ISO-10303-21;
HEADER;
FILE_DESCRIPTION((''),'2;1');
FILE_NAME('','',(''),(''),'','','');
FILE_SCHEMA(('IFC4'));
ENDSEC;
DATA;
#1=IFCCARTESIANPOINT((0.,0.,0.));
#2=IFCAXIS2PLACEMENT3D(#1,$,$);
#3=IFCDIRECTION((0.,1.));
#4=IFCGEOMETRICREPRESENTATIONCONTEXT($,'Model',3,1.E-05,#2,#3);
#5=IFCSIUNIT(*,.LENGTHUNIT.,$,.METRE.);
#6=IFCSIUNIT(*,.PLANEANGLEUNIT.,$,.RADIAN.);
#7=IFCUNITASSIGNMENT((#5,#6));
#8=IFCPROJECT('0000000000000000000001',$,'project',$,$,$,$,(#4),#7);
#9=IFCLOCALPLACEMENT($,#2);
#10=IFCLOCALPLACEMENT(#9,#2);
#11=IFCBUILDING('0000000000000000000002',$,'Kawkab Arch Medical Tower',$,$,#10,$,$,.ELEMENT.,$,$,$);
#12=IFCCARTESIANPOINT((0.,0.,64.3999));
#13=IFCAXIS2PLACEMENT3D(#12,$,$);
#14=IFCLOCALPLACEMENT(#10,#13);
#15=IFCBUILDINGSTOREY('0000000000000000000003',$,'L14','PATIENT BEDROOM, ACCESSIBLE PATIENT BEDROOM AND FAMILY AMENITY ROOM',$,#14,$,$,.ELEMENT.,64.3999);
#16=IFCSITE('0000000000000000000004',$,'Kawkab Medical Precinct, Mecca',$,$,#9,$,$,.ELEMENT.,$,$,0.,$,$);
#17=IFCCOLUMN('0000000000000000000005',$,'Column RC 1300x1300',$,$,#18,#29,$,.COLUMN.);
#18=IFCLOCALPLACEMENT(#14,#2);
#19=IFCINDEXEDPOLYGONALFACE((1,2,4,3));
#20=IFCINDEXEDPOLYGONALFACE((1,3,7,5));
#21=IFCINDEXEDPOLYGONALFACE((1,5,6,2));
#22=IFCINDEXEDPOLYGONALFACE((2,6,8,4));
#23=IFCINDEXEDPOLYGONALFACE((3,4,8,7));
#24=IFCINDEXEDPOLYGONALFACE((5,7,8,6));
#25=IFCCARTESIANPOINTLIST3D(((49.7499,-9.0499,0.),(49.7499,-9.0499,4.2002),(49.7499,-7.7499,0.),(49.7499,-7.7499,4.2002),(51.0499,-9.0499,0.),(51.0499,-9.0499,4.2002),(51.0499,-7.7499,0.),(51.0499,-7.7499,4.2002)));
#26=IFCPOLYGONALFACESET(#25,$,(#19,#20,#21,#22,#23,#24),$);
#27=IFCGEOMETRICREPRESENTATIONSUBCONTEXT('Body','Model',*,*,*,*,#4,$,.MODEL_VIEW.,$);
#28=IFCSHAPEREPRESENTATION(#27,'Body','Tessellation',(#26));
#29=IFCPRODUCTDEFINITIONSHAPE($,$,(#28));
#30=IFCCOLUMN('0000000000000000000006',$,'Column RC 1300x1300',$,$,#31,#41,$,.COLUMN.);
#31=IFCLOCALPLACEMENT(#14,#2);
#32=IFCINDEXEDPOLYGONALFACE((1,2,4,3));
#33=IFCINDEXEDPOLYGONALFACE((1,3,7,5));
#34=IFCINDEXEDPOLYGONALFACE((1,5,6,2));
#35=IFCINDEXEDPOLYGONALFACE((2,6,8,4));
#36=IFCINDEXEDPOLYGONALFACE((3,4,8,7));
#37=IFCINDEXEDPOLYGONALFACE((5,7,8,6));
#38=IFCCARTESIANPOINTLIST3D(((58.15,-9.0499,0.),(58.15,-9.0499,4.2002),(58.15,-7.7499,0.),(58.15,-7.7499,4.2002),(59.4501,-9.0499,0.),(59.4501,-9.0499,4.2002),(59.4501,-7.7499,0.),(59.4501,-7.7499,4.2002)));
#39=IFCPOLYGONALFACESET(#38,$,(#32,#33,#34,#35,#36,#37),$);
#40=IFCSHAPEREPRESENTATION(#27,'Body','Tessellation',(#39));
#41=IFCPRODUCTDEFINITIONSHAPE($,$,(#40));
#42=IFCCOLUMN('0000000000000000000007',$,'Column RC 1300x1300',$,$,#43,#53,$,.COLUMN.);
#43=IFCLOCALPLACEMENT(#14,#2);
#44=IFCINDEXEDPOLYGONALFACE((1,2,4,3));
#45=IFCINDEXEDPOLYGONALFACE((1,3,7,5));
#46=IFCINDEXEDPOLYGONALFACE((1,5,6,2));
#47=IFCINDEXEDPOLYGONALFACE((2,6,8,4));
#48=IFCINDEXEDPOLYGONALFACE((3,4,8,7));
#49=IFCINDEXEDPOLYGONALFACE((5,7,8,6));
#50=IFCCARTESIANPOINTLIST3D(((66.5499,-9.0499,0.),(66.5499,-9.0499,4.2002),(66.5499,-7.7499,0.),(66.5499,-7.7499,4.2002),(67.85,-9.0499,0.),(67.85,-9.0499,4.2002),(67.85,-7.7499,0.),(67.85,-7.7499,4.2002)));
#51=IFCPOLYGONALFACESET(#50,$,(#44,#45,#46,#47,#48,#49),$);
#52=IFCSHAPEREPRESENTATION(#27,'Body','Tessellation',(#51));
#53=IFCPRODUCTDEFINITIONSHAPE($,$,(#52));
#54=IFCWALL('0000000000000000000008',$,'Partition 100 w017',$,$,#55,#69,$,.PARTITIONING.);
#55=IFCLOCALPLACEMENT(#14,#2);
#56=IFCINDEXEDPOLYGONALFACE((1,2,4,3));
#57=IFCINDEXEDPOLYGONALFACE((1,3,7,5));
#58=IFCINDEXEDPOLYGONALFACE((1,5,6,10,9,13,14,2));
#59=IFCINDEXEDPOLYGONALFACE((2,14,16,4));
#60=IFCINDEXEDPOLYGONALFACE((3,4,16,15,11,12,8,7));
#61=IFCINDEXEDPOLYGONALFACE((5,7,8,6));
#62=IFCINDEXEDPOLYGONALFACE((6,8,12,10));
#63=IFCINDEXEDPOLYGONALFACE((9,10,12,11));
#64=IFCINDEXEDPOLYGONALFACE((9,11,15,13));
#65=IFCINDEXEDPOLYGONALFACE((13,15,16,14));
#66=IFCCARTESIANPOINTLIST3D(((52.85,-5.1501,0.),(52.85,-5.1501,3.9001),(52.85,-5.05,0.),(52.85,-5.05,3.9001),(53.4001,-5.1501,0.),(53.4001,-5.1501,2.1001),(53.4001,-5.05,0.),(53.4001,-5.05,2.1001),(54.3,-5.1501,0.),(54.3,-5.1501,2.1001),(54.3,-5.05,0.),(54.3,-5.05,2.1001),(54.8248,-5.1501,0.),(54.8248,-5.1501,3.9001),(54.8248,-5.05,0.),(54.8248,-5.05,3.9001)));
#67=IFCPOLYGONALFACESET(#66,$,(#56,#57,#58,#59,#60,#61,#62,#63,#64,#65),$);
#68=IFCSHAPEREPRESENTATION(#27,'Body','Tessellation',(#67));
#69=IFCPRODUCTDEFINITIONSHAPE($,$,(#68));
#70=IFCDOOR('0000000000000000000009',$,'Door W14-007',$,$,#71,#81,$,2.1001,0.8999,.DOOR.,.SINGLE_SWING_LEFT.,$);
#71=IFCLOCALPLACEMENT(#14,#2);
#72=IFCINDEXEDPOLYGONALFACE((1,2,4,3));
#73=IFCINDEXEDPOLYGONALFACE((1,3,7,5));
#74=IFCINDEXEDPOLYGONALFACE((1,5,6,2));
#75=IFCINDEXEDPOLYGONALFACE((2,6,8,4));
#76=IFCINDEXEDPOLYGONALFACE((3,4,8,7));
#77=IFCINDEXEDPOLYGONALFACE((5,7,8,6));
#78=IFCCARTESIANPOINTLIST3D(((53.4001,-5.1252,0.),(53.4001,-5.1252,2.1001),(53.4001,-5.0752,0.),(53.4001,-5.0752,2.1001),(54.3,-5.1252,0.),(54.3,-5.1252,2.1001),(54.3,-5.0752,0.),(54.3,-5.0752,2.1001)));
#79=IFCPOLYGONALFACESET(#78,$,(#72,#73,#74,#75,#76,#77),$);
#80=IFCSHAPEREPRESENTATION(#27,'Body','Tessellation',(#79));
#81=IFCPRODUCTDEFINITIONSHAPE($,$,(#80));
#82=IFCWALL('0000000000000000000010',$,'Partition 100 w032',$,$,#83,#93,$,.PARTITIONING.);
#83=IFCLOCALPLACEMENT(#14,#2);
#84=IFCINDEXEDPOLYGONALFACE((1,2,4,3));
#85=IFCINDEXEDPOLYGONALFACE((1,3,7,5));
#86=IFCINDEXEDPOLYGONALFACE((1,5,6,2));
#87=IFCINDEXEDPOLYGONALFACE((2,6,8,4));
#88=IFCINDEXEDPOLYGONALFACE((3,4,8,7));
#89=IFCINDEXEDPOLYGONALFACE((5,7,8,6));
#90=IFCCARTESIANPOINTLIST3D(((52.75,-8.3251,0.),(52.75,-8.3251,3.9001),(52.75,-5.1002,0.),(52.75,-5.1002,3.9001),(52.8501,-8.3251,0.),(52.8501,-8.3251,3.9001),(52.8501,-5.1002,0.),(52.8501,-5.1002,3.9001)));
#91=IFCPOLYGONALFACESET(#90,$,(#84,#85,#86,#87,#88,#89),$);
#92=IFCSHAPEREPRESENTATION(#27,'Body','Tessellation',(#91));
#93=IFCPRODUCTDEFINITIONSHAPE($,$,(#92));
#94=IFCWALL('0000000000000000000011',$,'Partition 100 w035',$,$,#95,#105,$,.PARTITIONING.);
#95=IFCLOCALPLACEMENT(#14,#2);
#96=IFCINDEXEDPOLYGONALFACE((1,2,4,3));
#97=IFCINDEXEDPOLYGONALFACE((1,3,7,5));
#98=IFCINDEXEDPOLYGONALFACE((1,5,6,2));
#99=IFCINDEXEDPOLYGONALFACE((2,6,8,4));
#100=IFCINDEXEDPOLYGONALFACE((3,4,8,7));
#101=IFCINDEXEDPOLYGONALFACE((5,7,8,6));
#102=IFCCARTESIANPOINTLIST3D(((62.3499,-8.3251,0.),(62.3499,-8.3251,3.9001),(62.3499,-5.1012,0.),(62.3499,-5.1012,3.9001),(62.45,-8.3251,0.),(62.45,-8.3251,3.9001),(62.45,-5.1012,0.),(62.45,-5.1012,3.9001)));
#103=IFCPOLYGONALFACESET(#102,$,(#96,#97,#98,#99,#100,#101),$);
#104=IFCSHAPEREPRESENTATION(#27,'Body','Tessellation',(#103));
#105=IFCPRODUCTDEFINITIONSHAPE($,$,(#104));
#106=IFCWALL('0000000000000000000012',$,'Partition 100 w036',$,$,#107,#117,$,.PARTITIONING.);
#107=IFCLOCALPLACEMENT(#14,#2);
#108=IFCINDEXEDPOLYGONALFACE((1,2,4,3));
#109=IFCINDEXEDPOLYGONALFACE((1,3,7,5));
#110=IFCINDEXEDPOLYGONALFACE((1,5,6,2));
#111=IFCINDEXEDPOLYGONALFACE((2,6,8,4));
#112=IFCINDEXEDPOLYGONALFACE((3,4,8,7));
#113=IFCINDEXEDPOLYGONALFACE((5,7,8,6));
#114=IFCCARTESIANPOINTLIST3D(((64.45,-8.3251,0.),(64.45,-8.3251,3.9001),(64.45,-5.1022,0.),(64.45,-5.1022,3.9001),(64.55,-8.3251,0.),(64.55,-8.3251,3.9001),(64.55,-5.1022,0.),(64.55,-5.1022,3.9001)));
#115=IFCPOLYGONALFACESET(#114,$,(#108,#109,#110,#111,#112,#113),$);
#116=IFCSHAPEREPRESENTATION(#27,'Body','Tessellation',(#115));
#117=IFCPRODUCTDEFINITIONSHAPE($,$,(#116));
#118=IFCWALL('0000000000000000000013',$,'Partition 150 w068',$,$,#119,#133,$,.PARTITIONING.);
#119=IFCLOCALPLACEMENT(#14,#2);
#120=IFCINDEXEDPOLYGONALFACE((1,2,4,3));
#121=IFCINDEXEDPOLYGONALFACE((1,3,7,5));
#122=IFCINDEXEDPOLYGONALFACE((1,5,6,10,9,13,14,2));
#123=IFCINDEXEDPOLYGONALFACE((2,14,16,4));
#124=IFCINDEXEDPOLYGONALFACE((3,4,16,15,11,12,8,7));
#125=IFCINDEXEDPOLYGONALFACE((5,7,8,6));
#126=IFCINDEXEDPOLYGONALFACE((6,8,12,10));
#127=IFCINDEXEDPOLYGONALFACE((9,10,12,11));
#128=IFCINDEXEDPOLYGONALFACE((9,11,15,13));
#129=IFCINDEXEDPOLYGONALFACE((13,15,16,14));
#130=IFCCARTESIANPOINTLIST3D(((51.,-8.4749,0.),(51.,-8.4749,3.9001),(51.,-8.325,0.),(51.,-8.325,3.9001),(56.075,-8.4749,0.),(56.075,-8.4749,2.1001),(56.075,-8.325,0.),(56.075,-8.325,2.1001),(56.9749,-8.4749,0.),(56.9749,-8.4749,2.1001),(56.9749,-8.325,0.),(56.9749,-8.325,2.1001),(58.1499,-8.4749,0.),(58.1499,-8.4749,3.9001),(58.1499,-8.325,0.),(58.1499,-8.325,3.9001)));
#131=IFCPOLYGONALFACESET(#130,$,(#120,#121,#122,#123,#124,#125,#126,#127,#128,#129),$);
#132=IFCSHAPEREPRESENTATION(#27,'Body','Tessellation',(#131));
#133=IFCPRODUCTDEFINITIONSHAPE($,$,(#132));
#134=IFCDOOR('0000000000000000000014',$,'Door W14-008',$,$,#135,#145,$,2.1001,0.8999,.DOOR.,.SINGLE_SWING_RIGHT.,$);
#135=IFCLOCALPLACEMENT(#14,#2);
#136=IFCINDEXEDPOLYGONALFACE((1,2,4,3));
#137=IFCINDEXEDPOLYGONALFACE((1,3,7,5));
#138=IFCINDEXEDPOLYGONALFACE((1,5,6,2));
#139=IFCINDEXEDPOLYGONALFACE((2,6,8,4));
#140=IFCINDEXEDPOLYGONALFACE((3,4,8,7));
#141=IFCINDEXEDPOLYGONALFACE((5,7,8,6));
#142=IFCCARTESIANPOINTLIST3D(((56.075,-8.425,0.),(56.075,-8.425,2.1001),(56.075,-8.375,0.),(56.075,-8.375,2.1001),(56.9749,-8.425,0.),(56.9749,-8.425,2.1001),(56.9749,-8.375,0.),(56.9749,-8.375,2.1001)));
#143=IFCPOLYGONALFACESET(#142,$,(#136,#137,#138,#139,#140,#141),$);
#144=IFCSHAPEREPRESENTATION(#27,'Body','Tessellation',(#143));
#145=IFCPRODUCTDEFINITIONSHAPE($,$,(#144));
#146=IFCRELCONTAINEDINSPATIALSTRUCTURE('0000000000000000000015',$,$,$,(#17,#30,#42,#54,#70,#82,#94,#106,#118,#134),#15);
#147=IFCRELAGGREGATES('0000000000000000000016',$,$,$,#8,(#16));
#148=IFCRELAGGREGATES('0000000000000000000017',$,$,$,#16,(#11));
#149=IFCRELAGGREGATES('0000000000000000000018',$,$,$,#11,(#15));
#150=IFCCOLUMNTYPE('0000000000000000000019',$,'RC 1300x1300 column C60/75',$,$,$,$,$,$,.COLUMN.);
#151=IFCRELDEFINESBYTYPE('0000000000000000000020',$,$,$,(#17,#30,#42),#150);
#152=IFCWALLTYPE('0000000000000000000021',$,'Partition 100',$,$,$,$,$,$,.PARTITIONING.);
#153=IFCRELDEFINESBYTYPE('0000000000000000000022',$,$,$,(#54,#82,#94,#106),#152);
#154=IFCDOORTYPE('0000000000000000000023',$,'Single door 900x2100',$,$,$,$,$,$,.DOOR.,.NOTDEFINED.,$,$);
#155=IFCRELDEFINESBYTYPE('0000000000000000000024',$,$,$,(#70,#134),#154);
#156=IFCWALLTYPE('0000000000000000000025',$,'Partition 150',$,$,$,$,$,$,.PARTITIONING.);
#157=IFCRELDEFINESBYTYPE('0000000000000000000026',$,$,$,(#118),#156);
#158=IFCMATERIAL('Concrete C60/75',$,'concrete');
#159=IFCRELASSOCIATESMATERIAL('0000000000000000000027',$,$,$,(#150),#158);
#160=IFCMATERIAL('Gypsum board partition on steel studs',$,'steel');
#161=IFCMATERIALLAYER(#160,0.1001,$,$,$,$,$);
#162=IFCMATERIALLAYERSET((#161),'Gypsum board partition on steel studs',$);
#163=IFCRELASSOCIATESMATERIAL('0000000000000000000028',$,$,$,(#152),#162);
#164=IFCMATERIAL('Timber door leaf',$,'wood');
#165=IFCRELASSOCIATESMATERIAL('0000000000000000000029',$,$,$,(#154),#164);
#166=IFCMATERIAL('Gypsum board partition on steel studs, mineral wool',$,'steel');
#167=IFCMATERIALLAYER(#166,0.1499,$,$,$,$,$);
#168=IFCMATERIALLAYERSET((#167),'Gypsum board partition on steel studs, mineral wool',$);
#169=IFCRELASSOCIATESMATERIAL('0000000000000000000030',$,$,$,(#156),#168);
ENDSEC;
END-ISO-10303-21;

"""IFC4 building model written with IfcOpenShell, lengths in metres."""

from ifc_helpers import new_model, si_unit, direction, frame, frame_2d, origin, origin_2d, place, context, subcontext, project, spatial, rectangle, extrude, material, layer, layer_set, material_profile, profile_set, type_object, element, fill, save


model = new_model("IFC4")

# Units and contexts
model_context = context("Model", 3, precision=1e-05, world=origin(), true_north=direction((0.0, 1.0)))
body_context = subcontext(model_context, "Body", "Model", "MODEL_VIEW")
ifc_project = project(units=[si_unit("LENGTHUNIT", "METRE"), si_unit("PLANEANGLEUNIT", "RADIAN")], contexts=[model_context])

# Site, building, storey
site_placement = place(None, origin())
site = spatial("IfcSite", under=ifc_project, at=site_placement, Name="Kawkab Medical Precinct, Mecca", CompositionType="ELEMENT", RefElevation=0.0)
building_placement = place(site_placement, origin())
building = spatial("IfcBuilding", under=site, at=building_placement, Name="Kawkab Arch Medical Tower", CompositionType="ELEMENT")
storey_placement = place(building_placement, frame((0.0, 0.0, 64.3999)))
storey = spatial("IfcBuildingStorey", under=building, at=storey_placement, Name="L14", Description="PATIENT BEDROOM, ACCESSIBLE PATIENT BEDROOM AND FAMILY AMENITY ROOM", CompositionType="ELEMENT", Elevation=64.3999)

# Columns
ifc_material_1 = material(Name="Concrete C60/75", Category="concrete")
ifc_material_profile = material_profile(ifc_material_1, rectangle(XDim=1.3, YDim=1.3, at=origin_2d()), Name="RC 1300x1300")
ifc_profile_set = profile_set([ifc_material_profile], Name="Concrete C60/75")
column_type = type_object("IfcColumnType", Name="RC 1300x1300 column C60/75", PredefinedType="COLUMN", material=ifc_profile_set)
for number, where, z_axis, x_axis, name in (
    (1, (50.3999, -8.3999, 0.0), (0.0, 0.0, 1.0), (1.0, 0.0, 0.0), "Column RC 1300x1300"),
    (2, (58.8, -8.3999, 0.0), (0.0, 0.0, 1.0), (1.0, 0.0, 0.0), "Column RC 1300x1300"),
    (3, (67.2, -8.3999, 0.0), (0.0, 0.0, 1.0), (1.0, 0.0, 0.0), "Column RC 1300x1300"),
):
    element("IfcColumn", number, at=place(storey_placement, frame(where, z_axis=z_axis, x_axis=x_axis)), inside=storey, type_object=column_type, Name=name, PredefinedType="COLUMN", context=body_context, shape_type="SweptSolid", body=[
        extrude(rectangle(XDim=1.3, YDim=1.3, at=origin_2d()), origin(), (0.0, 0.0, 1.0), 4.2002),
    ])

# Wall, opening, door
ifc_material_2 = material(Name="Gypsum board partition on steel studs", Category="steel")
ifc_layer_1 = layer(ifc_material_2, 0.1001)
ifc_layer_set_1 = layer_set([ifc_layer_1], Name="Gypsum board partition on steel studs")
wall_type_1 = type_object("IfcWallType", Name="Partition 100", PredefinedType="PARTITIONING", material=ifc_layer_set_1)
wall_1_placement = place(storey_placement, frame((52.8501, -5.1001, 0.0), z_axis=(0.0, 0.0, 1.0), x_axis=(1.0, 0.0, 0.0)))
wall_1 = element("IfcWall", 4, at=wall_1_placement, inside=storey, type_object=wall_type_1, Name="Partition 100 w017", PredefinedType="PARTITIONING", context=body_context, shape_type="SweptSolid", body=[
    extrude(rectangle(XDim=1.9749, YDim=0.1001, at=frame_2d((0.9873, 0.0))), origin(), (0.0, 0.0, 1.0), 3.9001),
])
opening_1_placement = place(wall_1_placement, frame((0.55, 0.0, 0.0)))
opening_1 = element("IfcOpeningElement", 5, at=opening_1_placement, cuts=wall_1, PredefinedType="OPENING", context=body_context, shape_type="SweptSolid", body=[
    extrude(rectangle(XDim=0.8999, YDim=2.1001, at=frame_2d((0.45, 1.05))), frame((0.0, 0.0601, 0.0), z_axis=(0.0, -1.0, 0.0), x_axis=(1.0, 0.0, 0.0)), (0.0, 0.0, 1.0), 0.1201),
])
ifc_material_3 = material(Name="Timber door leaf", Category="wood")
door_type_1 = type_object("IfcDoorType", Name="Single door 900x2100", OperationType="NOTDEFINED", PredefinedType="DOOR", material=ifc_material_3)
door_1_placement = place(opening_1_placement, origin())
door_1 = element("IfcDoor", 6, at=door_1_placement, inside=storey, type_object=door_type_1, Name="Door W14-007", OperationType="SINGLE_SWING_LEFT", OverallHeight=2.1001, OverallWidth=0.8999, PredefinedType="DOOR", context=body_context, shape_type="SweptSolid", body=[
    extrude(rectangle(XDim=0.8999, YDim=2.1001, at=frame_2d((0.45, 1.05))), frame((0.0, 0.0249, 0.0), z_axis=(0.0, -1.0, 0.0), x_axis=(1.0, 0.0, 0.0)), (0.0, 0.0, 1.0), 0.05),
])
fill(opening_1, door_1)

# Walls
wall_2_placement = place(storey_placement, frame((52.8, -8.325, 0.0), z_axis=(0.0, 0.0, 1.0), x_axis=(0.0, 1.0, 0.0)))
element("IfcWall", 7, at=wall_2_placement, inside=storey, type_object=wall_type_1, Name="Partition 100 w032", PredefinedType="PARTITIONING", context=body_context, shape_type="SweptSolid", body=[
    extrude(rectangle(XDim=3.2249, YDim=0.1001, at=frame_2d((1.6123, 0.0))), origin(), (0.0, 0.0, 1.0), 3.9001),
])
wall_3_placement = place(storey_placement, frame((62.3999, -8.325, 0.0), z_axis=(0.0, 0.0, 1.0), x_axis=(0.0, 1.0, 0.0)))
element("IfcWall", 8, at=wall_3_placement, inside=storey, type_object=wall_type_1, Name="Partition 100 w035", PredefinedType="PARTITIONING", context=body_context, shape_type="SweptSolid", body=[
    extrude(rectangle(XDim=3.2239, YDim=0.1001, at=frame_2d((1.6118, 0.0))), origin(), (0.0, 0.0, 1.0), 3.9001),
])
wall_4_placement = place(storey_placement, frame((64.5, -8.325, 0.0), z_axis=(0.0, 0.0, 1.0), x_axis=(0.0, 1.0, 0.0)))
element("IfcWall", 9, at=wall_4_placement, inside=storey, type_object=wall_type_1, Name="Partition 100 w036", PredefinedType="PARTITIONING", context=body_context, shape_type="SweptSolid", body=[
    extrude(rectangle(XDim=3.2229, YDim=0.1001, at=frame_2d((1.6113, 0.0))), origin(), (0.0, 0.0, 1.0), 3.9001),
])

# Wall, opening, door
ifc_material_4 = material(Name="Gypsum board partition on steel studs, mineral wool", Category="steel")
ifc_layer_2 = layer(ifc_material_4, 0.1499)
ifc_layer_set_2 = layer_set([ifc_layer_2], Name="Gypsum board partition on steel studs, mineral wool")
wall_type_2 = type_object("IfcWallType", Name="Partition 150", PredefinedType="PARTITIONING", material=ifc_layer_set_2)
wall_5_placement = place(storey_placement, frame((51.0, -8.3999, 0.0), z_axis=(0.0, 0.0, 1.0), x_axis=(1.0, 0.0, 0.0)))
wall_5 = element("IfcWall", 10, at=wall_5_placement, inside=storey, type_object=wall_type_2, Name="Partition 150 w068", PredefinedType="PARTITIONING", context=body_context, shape_type="SweptSolid", body=[
    extrude(rectangle(XDim=7.1499, YDim=0.1499, at=frame_2d((3.575, 0.0))), origin(), (0.0, 0.0, 1.0), 3.9001),
])
opening_2_placement = place(wall_5_placement, frame((5.075, 0.0, 0.0)))
opening_2 = element("IfcOpeningElement", 11, at=opening_2_placement, cuts=wall_5, PredefinedType="OPENING", context=body_context, shape_type="SweptSolid", body=[
    extrude(rectangle(XDim=0.8999, YDim=2.1001, at=frame_2d((0.45, 1.05))), frame((0.0, 0.085, 0.0), z_axis=(0.0, -1.0, 0.0), x_axis=(1.0, 0.0, 0.0)), (0.0, 0.0, 1.0), 0.1699),
])
door_2_placement = place(opening_2_placement, origin())
door_2 = element("IfcDoor", 12, at=door_2_placement, inside=storey, type_object=door_type_1, Name="Door W14-008", OperationType="SINGLE_SWING_RIGHT", OverallHeight=2.1001, OverallWidth=0.8999, PredefinedType="DOOR", context=body_context, shape_type="SweptSolid", body=[
    extrude(rectangle(XDim=0.8999, YDim=2.1001, at=frame_2d((0.45, 1.05))), frame((0.0, 0.0249, 0.0), z_axis=(0.0, -1.0, 0.0), x_axis=(1.0, 0.0, 0.0)), (0.0, 0.0, 1.0), 0.05),
])
fill(opening_2, door_2)

save(model, "model.ifc")
